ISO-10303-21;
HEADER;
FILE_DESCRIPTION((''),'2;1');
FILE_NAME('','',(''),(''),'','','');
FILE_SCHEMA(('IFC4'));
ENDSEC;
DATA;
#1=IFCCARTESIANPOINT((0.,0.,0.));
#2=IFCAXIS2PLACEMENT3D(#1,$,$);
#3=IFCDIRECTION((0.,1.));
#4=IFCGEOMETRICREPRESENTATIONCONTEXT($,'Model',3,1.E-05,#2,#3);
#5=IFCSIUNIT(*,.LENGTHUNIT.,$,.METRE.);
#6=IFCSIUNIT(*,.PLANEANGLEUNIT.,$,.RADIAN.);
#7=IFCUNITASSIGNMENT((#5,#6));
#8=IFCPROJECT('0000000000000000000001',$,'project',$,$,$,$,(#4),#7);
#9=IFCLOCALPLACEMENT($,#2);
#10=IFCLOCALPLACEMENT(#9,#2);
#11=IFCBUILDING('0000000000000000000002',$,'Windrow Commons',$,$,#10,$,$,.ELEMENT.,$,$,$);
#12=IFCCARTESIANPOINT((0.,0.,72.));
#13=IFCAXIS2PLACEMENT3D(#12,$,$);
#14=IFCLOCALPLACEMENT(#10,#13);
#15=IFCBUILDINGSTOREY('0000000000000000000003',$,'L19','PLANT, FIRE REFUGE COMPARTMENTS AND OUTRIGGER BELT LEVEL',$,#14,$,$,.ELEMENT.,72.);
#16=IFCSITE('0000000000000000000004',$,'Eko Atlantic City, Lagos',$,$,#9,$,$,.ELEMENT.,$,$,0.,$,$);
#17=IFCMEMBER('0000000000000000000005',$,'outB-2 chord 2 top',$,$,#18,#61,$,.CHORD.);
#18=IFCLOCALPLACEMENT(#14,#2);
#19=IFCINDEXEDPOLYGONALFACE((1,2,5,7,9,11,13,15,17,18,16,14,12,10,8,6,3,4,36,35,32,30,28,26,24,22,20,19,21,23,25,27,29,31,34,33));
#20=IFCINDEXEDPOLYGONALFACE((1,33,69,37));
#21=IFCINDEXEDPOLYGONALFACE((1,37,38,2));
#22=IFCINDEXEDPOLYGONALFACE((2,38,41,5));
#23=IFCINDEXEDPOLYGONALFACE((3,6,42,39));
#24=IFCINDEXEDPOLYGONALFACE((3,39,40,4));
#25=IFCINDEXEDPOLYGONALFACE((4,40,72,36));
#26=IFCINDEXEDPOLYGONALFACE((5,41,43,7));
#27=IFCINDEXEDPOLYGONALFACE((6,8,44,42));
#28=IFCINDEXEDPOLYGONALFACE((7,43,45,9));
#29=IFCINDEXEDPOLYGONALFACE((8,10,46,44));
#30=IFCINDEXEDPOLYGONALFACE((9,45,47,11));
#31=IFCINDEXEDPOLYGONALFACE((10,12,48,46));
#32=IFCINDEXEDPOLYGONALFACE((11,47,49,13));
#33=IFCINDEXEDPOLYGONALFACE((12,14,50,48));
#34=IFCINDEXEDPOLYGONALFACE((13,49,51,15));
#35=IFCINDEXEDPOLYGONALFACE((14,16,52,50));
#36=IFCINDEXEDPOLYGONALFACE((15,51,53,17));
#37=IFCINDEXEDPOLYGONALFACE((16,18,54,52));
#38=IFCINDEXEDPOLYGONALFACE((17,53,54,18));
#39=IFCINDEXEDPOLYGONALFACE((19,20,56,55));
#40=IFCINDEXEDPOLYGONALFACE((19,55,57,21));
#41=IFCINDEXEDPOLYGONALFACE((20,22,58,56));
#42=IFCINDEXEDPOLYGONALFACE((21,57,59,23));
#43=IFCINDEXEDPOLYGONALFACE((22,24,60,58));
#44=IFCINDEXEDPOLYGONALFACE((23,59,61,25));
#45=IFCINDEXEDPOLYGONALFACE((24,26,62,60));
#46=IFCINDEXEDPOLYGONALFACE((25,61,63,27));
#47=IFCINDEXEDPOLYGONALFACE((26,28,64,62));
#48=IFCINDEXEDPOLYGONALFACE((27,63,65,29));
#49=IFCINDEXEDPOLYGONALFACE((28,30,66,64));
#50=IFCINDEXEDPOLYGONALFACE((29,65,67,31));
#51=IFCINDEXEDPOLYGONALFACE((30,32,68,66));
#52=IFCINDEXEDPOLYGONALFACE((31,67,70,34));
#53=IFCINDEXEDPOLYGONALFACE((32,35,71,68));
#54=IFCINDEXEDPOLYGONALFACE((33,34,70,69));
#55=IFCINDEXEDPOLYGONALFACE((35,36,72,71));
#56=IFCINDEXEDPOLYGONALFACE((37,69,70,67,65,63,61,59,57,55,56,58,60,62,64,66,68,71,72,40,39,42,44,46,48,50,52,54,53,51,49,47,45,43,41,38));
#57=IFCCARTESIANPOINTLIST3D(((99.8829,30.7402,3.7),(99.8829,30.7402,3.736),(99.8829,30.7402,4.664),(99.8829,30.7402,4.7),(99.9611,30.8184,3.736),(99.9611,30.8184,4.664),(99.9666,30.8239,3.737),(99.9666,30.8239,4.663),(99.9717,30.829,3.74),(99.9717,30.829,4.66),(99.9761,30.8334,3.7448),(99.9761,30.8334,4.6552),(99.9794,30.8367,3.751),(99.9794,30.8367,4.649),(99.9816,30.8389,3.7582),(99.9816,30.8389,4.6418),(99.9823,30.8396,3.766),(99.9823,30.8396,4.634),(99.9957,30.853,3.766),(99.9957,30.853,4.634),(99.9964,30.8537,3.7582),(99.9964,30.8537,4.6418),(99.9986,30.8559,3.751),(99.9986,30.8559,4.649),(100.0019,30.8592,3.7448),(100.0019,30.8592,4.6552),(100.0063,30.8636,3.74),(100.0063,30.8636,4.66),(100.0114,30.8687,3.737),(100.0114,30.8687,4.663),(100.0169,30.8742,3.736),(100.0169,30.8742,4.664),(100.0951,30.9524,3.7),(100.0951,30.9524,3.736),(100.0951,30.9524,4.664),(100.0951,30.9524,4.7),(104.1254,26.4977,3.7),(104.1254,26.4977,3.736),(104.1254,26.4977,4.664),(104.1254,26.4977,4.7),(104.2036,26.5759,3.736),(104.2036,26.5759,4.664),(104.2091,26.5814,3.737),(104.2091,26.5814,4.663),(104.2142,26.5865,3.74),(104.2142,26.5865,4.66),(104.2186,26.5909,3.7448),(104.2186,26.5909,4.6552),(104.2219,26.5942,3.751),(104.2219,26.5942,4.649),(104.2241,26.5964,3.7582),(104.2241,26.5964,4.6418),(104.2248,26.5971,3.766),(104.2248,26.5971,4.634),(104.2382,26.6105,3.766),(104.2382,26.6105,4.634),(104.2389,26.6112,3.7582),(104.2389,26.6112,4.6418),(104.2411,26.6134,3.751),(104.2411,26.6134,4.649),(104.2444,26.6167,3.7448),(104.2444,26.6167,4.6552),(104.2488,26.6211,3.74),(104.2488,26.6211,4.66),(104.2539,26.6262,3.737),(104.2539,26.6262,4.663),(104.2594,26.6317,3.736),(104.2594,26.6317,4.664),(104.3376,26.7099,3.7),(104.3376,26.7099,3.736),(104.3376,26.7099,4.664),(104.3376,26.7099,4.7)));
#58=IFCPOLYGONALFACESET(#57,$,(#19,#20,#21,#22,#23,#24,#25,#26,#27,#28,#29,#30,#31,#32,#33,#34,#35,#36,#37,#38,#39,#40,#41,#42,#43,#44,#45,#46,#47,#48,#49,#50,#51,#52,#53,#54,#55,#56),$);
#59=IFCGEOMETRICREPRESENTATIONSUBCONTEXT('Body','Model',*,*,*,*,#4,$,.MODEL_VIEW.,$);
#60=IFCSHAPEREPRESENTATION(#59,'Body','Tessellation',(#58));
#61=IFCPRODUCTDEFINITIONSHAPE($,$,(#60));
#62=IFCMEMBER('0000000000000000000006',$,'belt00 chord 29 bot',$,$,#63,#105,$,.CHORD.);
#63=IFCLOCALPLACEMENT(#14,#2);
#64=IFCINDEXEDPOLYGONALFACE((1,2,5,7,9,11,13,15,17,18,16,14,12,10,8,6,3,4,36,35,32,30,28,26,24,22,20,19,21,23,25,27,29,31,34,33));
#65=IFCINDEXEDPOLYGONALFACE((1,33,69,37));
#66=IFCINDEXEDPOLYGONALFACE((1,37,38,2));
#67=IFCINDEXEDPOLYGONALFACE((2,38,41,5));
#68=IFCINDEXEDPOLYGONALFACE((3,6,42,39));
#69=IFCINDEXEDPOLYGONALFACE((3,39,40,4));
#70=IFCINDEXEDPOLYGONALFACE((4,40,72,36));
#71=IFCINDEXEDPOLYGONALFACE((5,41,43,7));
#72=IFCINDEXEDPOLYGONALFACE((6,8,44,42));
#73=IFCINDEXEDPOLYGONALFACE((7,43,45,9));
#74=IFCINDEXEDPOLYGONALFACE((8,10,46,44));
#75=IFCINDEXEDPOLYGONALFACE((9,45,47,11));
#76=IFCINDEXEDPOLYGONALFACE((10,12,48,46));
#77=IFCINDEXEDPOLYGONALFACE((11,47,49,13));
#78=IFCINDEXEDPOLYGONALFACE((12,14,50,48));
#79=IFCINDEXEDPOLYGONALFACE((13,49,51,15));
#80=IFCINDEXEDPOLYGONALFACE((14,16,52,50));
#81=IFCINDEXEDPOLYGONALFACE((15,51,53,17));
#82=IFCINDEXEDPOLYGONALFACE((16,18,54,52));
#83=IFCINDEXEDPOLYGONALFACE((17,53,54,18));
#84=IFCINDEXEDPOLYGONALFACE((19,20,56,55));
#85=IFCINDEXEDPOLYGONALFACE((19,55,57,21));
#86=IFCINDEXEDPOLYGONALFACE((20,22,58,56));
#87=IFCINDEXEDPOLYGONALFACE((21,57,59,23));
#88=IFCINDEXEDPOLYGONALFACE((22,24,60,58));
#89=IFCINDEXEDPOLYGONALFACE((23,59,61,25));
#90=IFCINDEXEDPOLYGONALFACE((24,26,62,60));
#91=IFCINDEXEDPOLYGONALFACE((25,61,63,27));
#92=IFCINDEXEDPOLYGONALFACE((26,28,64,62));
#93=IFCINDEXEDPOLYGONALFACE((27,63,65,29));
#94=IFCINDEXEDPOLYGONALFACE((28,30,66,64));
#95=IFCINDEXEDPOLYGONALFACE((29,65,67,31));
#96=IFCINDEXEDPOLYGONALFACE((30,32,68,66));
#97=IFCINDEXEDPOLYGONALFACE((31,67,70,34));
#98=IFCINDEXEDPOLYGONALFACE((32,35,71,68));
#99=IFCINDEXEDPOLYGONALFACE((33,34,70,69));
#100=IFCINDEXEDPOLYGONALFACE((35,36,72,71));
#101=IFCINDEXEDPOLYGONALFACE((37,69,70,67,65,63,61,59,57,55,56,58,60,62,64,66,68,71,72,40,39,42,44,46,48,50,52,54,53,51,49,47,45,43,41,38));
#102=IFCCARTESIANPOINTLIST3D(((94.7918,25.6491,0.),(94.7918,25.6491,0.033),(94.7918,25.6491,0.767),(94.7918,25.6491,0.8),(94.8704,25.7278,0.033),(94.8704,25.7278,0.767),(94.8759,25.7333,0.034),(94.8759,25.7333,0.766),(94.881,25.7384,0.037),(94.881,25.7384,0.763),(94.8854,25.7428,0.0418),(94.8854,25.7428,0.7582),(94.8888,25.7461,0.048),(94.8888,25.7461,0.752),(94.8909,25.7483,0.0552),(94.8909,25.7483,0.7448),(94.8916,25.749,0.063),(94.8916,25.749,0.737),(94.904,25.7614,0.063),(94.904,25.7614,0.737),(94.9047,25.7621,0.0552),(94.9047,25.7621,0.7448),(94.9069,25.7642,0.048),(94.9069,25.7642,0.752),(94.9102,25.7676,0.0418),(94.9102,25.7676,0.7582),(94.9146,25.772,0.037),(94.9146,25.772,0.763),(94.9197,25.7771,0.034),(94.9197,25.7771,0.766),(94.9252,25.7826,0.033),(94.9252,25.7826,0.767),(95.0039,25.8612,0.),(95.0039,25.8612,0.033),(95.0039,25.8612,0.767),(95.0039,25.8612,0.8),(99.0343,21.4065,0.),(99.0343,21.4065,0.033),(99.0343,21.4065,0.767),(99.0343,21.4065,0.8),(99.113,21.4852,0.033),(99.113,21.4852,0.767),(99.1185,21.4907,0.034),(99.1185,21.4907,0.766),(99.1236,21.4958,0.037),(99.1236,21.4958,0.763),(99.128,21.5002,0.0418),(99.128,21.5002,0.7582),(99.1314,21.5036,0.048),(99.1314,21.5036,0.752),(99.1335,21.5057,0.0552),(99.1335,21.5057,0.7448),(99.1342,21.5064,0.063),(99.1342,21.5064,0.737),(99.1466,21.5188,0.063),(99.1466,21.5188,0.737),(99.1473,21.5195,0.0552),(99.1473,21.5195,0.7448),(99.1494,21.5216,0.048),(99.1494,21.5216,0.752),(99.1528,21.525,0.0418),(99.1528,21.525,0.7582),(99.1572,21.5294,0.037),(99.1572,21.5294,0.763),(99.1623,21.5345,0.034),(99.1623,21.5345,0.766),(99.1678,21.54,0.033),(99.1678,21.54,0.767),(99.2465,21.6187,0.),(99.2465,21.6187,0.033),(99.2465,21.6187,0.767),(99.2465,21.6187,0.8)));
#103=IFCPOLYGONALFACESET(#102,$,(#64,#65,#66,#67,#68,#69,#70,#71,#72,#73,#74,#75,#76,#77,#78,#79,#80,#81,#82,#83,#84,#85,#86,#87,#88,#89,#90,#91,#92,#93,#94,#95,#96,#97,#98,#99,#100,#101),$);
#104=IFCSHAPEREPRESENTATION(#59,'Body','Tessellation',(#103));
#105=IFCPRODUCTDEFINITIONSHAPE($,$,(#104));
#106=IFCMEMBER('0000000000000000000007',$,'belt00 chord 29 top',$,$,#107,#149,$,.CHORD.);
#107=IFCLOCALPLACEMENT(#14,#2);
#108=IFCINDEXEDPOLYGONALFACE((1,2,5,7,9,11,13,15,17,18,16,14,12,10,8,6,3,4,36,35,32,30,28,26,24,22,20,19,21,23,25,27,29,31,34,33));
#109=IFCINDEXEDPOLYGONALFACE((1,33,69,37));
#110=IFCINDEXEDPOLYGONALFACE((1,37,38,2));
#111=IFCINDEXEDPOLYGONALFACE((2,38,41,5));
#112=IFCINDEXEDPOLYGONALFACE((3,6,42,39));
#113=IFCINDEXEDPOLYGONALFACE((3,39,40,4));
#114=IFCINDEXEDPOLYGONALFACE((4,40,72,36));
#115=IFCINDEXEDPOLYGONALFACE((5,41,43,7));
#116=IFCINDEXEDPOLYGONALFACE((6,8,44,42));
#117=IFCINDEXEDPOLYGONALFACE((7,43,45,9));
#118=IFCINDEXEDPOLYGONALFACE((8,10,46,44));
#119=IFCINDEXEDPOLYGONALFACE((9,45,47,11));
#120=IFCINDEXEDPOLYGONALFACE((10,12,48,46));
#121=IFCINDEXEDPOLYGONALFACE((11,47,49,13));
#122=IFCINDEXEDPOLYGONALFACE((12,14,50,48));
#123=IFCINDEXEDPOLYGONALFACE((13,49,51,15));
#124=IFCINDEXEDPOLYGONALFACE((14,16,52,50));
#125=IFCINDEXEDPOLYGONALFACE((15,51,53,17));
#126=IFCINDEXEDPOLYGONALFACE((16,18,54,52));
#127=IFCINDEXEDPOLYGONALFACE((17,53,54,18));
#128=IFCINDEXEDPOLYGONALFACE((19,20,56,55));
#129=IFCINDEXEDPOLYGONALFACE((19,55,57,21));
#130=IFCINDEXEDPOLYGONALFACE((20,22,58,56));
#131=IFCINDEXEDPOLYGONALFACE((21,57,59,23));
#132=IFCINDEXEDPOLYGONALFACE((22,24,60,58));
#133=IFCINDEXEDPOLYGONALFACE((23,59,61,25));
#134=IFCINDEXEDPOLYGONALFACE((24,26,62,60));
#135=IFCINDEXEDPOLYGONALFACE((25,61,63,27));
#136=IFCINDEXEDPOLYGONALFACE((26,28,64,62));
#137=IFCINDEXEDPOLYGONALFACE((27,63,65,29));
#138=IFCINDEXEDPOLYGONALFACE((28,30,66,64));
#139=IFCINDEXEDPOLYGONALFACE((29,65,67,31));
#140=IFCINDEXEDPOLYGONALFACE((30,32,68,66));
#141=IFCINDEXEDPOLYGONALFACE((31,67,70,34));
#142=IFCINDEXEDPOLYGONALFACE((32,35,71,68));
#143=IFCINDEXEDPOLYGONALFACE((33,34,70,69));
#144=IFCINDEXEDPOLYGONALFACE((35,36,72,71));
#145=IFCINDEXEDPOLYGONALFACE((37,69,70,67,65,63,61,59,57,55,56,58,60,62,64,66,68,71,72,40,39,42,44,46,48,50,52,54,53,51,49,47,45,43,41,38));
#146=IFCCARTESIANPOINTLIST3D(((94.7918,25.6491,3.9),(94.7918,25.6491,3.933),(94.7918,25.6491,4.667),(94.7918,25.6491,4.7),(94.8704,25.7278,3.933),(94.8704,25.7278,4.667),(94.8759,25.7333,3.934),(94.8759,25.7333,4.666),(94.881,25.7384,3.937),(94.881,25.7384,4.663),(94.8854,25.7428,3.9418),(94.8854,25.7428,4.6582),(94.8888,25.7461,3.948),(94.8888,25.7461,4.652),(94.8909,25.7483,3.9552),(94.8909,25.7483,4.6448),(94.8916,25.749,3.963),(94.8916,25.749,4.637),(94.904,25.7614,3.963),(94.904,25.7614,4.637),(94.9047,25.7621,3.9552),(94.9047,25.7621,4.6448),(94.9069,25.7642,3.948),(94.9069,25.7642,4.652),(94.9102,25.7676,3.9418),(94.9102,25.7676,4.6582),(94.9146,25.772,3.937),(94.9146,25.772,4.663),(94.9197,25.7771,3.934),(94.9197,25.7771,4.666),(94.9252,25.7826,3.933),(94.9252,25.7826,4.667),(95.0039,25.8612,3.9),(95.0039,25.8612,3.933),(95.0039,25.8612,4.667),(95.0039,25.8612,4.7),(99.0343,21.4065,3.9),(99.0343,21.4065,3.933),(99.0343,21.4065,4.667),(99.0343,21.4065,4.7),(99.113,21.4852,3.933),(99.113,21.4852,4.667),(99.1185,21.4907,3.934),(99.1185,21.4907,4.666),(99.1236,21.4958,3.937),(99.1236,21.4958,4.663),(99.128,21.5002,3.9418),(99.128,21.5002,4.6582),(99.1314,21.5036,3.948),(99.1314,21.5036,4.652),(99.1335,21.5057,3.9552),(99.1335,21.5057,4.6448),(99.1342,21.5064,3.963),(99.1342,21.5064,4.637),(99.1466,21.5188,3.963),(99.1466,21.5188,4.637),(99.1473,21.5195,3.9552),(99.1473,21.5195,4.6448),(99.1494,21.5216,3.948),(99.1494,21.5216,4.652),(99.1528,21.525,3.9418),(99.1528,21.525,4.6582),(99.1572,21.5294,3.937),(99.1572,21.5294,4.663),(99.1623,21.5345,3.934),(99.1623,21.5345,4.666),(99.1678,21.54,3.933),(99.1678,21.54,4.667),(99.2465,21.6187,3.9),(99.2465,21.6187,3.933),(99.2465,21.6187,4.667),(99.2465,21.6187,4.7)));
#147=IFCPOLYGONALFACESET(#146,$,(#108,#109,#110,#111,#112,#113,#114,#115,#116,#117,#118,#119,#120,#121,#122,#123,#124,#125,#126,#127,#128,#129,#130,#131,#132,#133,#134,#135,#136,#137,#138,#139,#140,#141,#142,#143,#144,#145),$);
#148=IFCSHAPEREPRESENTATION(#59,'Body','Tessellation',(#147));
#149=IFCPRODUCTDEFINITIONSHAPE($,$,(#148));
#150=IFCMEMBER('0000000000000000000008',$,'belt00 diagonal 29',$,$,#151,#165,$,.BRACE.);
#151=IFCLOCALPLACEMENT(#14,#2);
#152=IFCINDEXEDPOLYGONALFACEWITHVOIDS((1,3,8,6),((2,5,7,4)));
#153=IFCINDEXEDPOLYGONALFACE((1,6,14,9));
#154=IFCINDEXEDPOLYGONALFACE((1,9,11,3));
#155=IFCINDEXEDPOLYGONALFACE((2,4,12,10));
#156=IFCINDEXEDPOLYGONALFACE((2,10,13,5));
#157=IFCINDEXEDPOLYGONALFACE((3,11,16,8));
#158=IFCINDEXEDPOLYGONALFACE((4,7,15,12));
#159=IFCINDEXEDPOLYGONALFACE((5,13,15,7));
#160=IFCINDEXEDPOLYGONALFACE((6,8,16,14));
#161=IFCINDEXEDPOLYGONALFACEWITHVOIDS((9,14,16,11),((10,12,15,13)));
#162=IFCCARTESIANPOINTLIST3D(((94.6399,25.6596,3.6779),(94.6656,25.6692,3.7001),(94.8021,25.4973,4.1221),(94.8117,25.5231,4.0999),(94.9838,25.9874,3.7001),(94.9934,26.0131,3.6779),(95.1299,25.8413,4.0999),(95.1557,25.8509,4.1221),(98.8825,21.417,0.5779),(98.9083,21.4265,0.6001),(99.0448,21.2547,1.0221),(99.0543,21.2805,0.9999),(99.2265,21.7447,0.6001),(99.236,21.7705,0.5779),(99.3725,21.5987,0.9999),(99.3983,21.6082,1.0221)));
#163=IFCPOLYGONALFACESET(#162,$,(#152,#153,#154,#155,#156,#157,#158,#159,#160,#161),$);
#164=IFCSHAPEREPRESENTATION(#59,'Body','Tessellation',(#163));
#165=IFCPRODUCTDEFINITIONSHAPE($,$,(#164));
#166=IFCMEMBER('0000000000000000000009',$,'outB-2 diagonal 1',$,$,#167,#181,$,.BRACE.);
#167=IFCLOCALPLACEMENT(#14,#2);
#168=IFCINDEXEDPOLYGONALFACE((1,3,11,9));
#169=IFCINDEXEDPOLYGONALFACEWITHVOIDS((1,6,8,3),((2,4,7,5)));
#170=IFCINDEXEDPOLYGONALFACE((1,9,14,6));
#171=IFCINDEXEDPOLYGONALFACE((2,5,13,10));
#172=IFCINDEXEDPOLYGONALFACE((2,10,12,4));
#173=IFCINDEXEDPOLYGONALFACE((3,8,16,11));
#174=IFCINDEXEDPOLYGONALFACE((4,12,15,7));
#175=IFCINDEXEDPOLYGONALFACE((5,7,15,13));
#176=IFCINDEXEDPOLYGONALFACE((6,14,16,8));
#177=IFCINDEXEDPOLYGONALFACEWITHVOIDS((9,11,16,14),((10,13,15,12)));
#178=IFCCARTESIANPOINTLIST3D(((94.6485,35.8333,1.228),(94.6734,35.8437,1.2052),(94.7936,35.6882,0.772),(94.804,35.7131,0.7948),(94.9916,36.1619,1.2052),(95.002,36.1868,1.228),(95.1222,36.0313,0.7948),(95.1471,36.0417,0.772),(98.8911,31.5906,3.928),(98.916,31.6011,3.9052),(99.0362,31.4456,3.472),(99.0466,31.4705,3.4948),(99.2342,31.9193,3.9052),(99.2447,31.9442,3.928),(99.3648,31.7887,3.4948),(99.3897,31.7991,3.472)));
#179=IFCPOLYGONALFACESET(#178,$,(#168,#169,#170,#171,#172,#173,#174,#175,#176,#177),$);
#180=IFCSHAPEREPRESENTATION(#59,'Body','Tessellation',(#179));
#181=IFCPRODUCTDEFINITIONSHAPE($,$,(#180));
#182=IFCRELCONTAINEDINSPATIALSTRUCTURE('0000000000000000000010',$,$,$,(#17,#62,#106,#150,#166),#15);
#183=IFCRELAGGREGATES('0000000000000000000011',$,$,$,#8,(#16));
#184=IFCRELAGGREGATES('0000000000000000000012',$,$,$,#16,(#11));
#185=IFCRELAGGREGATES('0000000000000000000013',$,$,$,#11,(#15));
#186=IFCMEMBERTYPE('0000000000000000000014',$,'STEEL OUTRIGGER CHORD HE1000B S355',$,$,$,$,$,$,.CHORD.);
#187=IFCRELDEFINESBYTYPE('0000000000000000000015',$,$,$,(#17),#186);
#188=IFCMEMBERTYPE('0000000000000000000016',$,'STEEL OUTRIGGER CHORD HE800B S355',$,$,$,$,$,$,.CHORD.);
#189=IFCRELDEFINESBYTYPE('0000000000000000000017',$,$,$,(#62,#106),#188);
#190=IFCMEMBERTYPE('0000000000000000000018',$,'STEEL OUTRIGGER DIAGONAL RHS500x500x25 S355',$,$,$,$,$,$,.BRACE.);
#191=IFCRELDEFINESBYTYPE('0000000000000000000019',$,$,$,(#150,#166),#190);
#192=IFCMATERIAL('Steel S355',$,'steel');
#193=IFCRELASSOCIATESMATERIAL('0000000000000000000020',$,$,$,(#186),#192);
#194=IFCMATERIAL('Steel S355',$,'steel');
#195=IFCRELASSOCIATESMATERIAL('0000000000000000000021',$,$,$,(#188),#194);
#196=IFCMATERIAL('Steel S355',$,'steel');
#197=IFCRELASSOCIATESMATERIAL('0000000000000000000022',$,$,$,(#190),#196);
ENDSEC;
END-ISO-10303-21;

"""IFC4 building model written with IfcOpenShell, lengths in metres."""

from ifc_helpers import new_model, si_unit, direction, frame, origin, origin_2d, place, context, subcontext, project, spatial, hollow_rectangle, i_section, extrude, material, material_profile, profile_set, type_object, element, save


model = new_model("IFC4")

# Units and contexts
model_context = context("Model", 3, precision=1e-05, world=origin(), true_north=direction((0.0, 1.0)))
body_context = subcontext(model_context, "Body", "Model", "MODEL_VIEW")
ifc_project = project(units=[si_unit("LENGTHUNIT", "METRE"), si_unit("PLANEANGLEUNIT", "RADIAN")], contexts=[model_context])

# Site, building, storey
site_placement = place(None, origin())
site = spatial("IfcSite", under=ifc_project, at=site_placement, Name="Eko Atlantic City, Lagos", CompositionType="ELEMENT", RefElevation=0.0)
building_placement = place(site_placement, origin())
building = spatial("IfcBuilding", under=site, at=building_placement, Name="Windrow Commons", CompositionType="ELEMENT")
storey_placement = place(building_placement, frame((0.0, 0.0, 72.0)))
storey = spatial("IfcBuildingStorey", under=building, at=storey_placement, Name="L19", Description="PLANT, FIRE REFUGE COMPARTMENTS AND OUTRIGGER BELT LEVEL", CompositionType="ELEMENT", Elevation=72.0)

# Members
ifc_material_1 = material(Name="Steel S355", Category="steel")
ifc_material_profile_1 = material_profile(ifc_material_1, i_section(OverallWidth=0.3, OverallDepth=1.0, WebThickness=0.019, FlangeThickness=0.036, FilletRadius=0.03, at=origin_2d()))
ifc_profile_set_1 = profile_set([ifc_material_profile_1], Name="Steel S355")
member_type_1 = type_object("IfcMemberType", Name="STEEL OUTRIGGER CHORD HE1000B S355", PredefinedType="CHORD", material=ifc_profile_set_1)
for number, where, z_axis, x_axis, name in (
    (1, (99.989, 30.8463, 4.2), (0.707107, -0.707107, 0.0), (0.707107, 0.707107, 0.0), "outB-2 chord 2 top"),
):
    element("IfcMember", number, at=place(storey_placement, frame(where, z_axis=z_axis, x_axis=x_axis)), inside=storey, type_object=member_type_1, Name=name, PredefinedType="CHORD", context=body_context, shape_type="SweptSolid", body=[
        extrude(i_section(OverallWidth=0.3, OverallDepth=1.0, WebThickness=0.019, FlangeThickness=0.036, FilletRadius=0.03, at=origin_2d()), origin(), (0.0, 0.0, 1.0), 5.9998),
    ])
ifc_material_2 = material(Name="Steel S355", Category="steel")
ifc_material_profile_2 = material_profile(ifc_material_2, i_section(OverallWidth=0.3, OverallDepth=0.8, WebThickness=0.0175, FlangeThickness=0.033, FilletRadius=0.03, at=origin_2d()))
ifc_profile_set_2 = profile_set([ifc_material_profile_2], Name="Steel S355")
member_type_2 = type_object("IfcMemberType", Name="STEEL OUTRIGGER CHORD HE800B S355", PredefinedType="CHORD", material=ifc_profile_set_2)
for number, where, z_axis, x_axis, name in (
    (2, (99.1404, 21.5126, 0.4), (-0.707107, 0.707107, 0.0), (-0.707107, -0.707107, 0.0), "belt00 chord 29 bot"),
    (3, (99.1404, 21.5126, 4.3), (-0.707107, 0.707107, 0.0), (-0.707107, -0.707107, 0.0), "belt00 chord 29 top"),
):
    element("IfcMember", number, at=place(storey_placement, frame(where, z_axis=z_axis, x_axis=x_axis)), inside=storey, type_object=member_type_2, Name=name, PredefinedType="CHORD", context=body_context, shape_type="SweptSolid", body=[
        extrude(i_section(OverallWidth=0.3, OverallDepth=0.8, WebThickness=0.0175, FlangeThickness=0.033, FilletRadius=0.03, at=origin_2d()), origin(), (0.0, 0.0, 1.0), 5.9999),
    ])
ifc_material_3 = material(Name="Steel S355", Category="steel")
ifc_material_profile_3 = material_profile(ifc_material_3, hollow_rectangle(XDim=0.5, YDim=0.5, WallThickness=0.025, at=origin_2d()))
ifc_profile_set_3 = profile_set([ifc_material_profile_3], Name="Steel S355")
member_type_3 = type_object("IfcMemberType", Name="STEEL OUTRIGGER DIAGONAL RHS500x500x25 S355", PredefinedType="BRACE", material=ifc_profile_set_3)
member_1_placement = place(storey_placement, frame((99.1404, 21.5126, 0.8), z_axis=(-0.628211, 0.628211, 0.459024), x_axis=(-0.707107, -0.707107, 0.0)))
element("IfcMember", 4, at=member_1_placement, inside=storey, type_object=member_type_3, Name="belt00 diagonal 29", PredefinedType="BRACE", context=body_context, shape_type="SweptSolid", body=[
    extrude(hollow_rectangle(XDim=0.5, YDim=0.5, WallThickness=0.025, at=origin_2d()), origin(), (0.0, 0.0, 1.0), 6.7535),
])
member_2_placement = place(storey_placement, frame((94.8978, 35.9375, 1.0), z_axis=(0.644825, -0.644825, 0.410368), x_axis=(0.707107, 0.707107, 0.0)))
element("IfcMember", 5, at=member_2_placement, inside=storey, type_object=member_type_3, Name="outB-2 diagonal 1", PredefinedType="BRACE", context=body_context, shape_type="SweptSolid", body=[
    extrude(hollow_rectangle(XDim=0.5, YDim=0.5, WallThickness=0.025, at=origin_2d()), origin(), (0.0, 0.0, 1.0), 6.5795),
])

save(model, "model.ifc")
